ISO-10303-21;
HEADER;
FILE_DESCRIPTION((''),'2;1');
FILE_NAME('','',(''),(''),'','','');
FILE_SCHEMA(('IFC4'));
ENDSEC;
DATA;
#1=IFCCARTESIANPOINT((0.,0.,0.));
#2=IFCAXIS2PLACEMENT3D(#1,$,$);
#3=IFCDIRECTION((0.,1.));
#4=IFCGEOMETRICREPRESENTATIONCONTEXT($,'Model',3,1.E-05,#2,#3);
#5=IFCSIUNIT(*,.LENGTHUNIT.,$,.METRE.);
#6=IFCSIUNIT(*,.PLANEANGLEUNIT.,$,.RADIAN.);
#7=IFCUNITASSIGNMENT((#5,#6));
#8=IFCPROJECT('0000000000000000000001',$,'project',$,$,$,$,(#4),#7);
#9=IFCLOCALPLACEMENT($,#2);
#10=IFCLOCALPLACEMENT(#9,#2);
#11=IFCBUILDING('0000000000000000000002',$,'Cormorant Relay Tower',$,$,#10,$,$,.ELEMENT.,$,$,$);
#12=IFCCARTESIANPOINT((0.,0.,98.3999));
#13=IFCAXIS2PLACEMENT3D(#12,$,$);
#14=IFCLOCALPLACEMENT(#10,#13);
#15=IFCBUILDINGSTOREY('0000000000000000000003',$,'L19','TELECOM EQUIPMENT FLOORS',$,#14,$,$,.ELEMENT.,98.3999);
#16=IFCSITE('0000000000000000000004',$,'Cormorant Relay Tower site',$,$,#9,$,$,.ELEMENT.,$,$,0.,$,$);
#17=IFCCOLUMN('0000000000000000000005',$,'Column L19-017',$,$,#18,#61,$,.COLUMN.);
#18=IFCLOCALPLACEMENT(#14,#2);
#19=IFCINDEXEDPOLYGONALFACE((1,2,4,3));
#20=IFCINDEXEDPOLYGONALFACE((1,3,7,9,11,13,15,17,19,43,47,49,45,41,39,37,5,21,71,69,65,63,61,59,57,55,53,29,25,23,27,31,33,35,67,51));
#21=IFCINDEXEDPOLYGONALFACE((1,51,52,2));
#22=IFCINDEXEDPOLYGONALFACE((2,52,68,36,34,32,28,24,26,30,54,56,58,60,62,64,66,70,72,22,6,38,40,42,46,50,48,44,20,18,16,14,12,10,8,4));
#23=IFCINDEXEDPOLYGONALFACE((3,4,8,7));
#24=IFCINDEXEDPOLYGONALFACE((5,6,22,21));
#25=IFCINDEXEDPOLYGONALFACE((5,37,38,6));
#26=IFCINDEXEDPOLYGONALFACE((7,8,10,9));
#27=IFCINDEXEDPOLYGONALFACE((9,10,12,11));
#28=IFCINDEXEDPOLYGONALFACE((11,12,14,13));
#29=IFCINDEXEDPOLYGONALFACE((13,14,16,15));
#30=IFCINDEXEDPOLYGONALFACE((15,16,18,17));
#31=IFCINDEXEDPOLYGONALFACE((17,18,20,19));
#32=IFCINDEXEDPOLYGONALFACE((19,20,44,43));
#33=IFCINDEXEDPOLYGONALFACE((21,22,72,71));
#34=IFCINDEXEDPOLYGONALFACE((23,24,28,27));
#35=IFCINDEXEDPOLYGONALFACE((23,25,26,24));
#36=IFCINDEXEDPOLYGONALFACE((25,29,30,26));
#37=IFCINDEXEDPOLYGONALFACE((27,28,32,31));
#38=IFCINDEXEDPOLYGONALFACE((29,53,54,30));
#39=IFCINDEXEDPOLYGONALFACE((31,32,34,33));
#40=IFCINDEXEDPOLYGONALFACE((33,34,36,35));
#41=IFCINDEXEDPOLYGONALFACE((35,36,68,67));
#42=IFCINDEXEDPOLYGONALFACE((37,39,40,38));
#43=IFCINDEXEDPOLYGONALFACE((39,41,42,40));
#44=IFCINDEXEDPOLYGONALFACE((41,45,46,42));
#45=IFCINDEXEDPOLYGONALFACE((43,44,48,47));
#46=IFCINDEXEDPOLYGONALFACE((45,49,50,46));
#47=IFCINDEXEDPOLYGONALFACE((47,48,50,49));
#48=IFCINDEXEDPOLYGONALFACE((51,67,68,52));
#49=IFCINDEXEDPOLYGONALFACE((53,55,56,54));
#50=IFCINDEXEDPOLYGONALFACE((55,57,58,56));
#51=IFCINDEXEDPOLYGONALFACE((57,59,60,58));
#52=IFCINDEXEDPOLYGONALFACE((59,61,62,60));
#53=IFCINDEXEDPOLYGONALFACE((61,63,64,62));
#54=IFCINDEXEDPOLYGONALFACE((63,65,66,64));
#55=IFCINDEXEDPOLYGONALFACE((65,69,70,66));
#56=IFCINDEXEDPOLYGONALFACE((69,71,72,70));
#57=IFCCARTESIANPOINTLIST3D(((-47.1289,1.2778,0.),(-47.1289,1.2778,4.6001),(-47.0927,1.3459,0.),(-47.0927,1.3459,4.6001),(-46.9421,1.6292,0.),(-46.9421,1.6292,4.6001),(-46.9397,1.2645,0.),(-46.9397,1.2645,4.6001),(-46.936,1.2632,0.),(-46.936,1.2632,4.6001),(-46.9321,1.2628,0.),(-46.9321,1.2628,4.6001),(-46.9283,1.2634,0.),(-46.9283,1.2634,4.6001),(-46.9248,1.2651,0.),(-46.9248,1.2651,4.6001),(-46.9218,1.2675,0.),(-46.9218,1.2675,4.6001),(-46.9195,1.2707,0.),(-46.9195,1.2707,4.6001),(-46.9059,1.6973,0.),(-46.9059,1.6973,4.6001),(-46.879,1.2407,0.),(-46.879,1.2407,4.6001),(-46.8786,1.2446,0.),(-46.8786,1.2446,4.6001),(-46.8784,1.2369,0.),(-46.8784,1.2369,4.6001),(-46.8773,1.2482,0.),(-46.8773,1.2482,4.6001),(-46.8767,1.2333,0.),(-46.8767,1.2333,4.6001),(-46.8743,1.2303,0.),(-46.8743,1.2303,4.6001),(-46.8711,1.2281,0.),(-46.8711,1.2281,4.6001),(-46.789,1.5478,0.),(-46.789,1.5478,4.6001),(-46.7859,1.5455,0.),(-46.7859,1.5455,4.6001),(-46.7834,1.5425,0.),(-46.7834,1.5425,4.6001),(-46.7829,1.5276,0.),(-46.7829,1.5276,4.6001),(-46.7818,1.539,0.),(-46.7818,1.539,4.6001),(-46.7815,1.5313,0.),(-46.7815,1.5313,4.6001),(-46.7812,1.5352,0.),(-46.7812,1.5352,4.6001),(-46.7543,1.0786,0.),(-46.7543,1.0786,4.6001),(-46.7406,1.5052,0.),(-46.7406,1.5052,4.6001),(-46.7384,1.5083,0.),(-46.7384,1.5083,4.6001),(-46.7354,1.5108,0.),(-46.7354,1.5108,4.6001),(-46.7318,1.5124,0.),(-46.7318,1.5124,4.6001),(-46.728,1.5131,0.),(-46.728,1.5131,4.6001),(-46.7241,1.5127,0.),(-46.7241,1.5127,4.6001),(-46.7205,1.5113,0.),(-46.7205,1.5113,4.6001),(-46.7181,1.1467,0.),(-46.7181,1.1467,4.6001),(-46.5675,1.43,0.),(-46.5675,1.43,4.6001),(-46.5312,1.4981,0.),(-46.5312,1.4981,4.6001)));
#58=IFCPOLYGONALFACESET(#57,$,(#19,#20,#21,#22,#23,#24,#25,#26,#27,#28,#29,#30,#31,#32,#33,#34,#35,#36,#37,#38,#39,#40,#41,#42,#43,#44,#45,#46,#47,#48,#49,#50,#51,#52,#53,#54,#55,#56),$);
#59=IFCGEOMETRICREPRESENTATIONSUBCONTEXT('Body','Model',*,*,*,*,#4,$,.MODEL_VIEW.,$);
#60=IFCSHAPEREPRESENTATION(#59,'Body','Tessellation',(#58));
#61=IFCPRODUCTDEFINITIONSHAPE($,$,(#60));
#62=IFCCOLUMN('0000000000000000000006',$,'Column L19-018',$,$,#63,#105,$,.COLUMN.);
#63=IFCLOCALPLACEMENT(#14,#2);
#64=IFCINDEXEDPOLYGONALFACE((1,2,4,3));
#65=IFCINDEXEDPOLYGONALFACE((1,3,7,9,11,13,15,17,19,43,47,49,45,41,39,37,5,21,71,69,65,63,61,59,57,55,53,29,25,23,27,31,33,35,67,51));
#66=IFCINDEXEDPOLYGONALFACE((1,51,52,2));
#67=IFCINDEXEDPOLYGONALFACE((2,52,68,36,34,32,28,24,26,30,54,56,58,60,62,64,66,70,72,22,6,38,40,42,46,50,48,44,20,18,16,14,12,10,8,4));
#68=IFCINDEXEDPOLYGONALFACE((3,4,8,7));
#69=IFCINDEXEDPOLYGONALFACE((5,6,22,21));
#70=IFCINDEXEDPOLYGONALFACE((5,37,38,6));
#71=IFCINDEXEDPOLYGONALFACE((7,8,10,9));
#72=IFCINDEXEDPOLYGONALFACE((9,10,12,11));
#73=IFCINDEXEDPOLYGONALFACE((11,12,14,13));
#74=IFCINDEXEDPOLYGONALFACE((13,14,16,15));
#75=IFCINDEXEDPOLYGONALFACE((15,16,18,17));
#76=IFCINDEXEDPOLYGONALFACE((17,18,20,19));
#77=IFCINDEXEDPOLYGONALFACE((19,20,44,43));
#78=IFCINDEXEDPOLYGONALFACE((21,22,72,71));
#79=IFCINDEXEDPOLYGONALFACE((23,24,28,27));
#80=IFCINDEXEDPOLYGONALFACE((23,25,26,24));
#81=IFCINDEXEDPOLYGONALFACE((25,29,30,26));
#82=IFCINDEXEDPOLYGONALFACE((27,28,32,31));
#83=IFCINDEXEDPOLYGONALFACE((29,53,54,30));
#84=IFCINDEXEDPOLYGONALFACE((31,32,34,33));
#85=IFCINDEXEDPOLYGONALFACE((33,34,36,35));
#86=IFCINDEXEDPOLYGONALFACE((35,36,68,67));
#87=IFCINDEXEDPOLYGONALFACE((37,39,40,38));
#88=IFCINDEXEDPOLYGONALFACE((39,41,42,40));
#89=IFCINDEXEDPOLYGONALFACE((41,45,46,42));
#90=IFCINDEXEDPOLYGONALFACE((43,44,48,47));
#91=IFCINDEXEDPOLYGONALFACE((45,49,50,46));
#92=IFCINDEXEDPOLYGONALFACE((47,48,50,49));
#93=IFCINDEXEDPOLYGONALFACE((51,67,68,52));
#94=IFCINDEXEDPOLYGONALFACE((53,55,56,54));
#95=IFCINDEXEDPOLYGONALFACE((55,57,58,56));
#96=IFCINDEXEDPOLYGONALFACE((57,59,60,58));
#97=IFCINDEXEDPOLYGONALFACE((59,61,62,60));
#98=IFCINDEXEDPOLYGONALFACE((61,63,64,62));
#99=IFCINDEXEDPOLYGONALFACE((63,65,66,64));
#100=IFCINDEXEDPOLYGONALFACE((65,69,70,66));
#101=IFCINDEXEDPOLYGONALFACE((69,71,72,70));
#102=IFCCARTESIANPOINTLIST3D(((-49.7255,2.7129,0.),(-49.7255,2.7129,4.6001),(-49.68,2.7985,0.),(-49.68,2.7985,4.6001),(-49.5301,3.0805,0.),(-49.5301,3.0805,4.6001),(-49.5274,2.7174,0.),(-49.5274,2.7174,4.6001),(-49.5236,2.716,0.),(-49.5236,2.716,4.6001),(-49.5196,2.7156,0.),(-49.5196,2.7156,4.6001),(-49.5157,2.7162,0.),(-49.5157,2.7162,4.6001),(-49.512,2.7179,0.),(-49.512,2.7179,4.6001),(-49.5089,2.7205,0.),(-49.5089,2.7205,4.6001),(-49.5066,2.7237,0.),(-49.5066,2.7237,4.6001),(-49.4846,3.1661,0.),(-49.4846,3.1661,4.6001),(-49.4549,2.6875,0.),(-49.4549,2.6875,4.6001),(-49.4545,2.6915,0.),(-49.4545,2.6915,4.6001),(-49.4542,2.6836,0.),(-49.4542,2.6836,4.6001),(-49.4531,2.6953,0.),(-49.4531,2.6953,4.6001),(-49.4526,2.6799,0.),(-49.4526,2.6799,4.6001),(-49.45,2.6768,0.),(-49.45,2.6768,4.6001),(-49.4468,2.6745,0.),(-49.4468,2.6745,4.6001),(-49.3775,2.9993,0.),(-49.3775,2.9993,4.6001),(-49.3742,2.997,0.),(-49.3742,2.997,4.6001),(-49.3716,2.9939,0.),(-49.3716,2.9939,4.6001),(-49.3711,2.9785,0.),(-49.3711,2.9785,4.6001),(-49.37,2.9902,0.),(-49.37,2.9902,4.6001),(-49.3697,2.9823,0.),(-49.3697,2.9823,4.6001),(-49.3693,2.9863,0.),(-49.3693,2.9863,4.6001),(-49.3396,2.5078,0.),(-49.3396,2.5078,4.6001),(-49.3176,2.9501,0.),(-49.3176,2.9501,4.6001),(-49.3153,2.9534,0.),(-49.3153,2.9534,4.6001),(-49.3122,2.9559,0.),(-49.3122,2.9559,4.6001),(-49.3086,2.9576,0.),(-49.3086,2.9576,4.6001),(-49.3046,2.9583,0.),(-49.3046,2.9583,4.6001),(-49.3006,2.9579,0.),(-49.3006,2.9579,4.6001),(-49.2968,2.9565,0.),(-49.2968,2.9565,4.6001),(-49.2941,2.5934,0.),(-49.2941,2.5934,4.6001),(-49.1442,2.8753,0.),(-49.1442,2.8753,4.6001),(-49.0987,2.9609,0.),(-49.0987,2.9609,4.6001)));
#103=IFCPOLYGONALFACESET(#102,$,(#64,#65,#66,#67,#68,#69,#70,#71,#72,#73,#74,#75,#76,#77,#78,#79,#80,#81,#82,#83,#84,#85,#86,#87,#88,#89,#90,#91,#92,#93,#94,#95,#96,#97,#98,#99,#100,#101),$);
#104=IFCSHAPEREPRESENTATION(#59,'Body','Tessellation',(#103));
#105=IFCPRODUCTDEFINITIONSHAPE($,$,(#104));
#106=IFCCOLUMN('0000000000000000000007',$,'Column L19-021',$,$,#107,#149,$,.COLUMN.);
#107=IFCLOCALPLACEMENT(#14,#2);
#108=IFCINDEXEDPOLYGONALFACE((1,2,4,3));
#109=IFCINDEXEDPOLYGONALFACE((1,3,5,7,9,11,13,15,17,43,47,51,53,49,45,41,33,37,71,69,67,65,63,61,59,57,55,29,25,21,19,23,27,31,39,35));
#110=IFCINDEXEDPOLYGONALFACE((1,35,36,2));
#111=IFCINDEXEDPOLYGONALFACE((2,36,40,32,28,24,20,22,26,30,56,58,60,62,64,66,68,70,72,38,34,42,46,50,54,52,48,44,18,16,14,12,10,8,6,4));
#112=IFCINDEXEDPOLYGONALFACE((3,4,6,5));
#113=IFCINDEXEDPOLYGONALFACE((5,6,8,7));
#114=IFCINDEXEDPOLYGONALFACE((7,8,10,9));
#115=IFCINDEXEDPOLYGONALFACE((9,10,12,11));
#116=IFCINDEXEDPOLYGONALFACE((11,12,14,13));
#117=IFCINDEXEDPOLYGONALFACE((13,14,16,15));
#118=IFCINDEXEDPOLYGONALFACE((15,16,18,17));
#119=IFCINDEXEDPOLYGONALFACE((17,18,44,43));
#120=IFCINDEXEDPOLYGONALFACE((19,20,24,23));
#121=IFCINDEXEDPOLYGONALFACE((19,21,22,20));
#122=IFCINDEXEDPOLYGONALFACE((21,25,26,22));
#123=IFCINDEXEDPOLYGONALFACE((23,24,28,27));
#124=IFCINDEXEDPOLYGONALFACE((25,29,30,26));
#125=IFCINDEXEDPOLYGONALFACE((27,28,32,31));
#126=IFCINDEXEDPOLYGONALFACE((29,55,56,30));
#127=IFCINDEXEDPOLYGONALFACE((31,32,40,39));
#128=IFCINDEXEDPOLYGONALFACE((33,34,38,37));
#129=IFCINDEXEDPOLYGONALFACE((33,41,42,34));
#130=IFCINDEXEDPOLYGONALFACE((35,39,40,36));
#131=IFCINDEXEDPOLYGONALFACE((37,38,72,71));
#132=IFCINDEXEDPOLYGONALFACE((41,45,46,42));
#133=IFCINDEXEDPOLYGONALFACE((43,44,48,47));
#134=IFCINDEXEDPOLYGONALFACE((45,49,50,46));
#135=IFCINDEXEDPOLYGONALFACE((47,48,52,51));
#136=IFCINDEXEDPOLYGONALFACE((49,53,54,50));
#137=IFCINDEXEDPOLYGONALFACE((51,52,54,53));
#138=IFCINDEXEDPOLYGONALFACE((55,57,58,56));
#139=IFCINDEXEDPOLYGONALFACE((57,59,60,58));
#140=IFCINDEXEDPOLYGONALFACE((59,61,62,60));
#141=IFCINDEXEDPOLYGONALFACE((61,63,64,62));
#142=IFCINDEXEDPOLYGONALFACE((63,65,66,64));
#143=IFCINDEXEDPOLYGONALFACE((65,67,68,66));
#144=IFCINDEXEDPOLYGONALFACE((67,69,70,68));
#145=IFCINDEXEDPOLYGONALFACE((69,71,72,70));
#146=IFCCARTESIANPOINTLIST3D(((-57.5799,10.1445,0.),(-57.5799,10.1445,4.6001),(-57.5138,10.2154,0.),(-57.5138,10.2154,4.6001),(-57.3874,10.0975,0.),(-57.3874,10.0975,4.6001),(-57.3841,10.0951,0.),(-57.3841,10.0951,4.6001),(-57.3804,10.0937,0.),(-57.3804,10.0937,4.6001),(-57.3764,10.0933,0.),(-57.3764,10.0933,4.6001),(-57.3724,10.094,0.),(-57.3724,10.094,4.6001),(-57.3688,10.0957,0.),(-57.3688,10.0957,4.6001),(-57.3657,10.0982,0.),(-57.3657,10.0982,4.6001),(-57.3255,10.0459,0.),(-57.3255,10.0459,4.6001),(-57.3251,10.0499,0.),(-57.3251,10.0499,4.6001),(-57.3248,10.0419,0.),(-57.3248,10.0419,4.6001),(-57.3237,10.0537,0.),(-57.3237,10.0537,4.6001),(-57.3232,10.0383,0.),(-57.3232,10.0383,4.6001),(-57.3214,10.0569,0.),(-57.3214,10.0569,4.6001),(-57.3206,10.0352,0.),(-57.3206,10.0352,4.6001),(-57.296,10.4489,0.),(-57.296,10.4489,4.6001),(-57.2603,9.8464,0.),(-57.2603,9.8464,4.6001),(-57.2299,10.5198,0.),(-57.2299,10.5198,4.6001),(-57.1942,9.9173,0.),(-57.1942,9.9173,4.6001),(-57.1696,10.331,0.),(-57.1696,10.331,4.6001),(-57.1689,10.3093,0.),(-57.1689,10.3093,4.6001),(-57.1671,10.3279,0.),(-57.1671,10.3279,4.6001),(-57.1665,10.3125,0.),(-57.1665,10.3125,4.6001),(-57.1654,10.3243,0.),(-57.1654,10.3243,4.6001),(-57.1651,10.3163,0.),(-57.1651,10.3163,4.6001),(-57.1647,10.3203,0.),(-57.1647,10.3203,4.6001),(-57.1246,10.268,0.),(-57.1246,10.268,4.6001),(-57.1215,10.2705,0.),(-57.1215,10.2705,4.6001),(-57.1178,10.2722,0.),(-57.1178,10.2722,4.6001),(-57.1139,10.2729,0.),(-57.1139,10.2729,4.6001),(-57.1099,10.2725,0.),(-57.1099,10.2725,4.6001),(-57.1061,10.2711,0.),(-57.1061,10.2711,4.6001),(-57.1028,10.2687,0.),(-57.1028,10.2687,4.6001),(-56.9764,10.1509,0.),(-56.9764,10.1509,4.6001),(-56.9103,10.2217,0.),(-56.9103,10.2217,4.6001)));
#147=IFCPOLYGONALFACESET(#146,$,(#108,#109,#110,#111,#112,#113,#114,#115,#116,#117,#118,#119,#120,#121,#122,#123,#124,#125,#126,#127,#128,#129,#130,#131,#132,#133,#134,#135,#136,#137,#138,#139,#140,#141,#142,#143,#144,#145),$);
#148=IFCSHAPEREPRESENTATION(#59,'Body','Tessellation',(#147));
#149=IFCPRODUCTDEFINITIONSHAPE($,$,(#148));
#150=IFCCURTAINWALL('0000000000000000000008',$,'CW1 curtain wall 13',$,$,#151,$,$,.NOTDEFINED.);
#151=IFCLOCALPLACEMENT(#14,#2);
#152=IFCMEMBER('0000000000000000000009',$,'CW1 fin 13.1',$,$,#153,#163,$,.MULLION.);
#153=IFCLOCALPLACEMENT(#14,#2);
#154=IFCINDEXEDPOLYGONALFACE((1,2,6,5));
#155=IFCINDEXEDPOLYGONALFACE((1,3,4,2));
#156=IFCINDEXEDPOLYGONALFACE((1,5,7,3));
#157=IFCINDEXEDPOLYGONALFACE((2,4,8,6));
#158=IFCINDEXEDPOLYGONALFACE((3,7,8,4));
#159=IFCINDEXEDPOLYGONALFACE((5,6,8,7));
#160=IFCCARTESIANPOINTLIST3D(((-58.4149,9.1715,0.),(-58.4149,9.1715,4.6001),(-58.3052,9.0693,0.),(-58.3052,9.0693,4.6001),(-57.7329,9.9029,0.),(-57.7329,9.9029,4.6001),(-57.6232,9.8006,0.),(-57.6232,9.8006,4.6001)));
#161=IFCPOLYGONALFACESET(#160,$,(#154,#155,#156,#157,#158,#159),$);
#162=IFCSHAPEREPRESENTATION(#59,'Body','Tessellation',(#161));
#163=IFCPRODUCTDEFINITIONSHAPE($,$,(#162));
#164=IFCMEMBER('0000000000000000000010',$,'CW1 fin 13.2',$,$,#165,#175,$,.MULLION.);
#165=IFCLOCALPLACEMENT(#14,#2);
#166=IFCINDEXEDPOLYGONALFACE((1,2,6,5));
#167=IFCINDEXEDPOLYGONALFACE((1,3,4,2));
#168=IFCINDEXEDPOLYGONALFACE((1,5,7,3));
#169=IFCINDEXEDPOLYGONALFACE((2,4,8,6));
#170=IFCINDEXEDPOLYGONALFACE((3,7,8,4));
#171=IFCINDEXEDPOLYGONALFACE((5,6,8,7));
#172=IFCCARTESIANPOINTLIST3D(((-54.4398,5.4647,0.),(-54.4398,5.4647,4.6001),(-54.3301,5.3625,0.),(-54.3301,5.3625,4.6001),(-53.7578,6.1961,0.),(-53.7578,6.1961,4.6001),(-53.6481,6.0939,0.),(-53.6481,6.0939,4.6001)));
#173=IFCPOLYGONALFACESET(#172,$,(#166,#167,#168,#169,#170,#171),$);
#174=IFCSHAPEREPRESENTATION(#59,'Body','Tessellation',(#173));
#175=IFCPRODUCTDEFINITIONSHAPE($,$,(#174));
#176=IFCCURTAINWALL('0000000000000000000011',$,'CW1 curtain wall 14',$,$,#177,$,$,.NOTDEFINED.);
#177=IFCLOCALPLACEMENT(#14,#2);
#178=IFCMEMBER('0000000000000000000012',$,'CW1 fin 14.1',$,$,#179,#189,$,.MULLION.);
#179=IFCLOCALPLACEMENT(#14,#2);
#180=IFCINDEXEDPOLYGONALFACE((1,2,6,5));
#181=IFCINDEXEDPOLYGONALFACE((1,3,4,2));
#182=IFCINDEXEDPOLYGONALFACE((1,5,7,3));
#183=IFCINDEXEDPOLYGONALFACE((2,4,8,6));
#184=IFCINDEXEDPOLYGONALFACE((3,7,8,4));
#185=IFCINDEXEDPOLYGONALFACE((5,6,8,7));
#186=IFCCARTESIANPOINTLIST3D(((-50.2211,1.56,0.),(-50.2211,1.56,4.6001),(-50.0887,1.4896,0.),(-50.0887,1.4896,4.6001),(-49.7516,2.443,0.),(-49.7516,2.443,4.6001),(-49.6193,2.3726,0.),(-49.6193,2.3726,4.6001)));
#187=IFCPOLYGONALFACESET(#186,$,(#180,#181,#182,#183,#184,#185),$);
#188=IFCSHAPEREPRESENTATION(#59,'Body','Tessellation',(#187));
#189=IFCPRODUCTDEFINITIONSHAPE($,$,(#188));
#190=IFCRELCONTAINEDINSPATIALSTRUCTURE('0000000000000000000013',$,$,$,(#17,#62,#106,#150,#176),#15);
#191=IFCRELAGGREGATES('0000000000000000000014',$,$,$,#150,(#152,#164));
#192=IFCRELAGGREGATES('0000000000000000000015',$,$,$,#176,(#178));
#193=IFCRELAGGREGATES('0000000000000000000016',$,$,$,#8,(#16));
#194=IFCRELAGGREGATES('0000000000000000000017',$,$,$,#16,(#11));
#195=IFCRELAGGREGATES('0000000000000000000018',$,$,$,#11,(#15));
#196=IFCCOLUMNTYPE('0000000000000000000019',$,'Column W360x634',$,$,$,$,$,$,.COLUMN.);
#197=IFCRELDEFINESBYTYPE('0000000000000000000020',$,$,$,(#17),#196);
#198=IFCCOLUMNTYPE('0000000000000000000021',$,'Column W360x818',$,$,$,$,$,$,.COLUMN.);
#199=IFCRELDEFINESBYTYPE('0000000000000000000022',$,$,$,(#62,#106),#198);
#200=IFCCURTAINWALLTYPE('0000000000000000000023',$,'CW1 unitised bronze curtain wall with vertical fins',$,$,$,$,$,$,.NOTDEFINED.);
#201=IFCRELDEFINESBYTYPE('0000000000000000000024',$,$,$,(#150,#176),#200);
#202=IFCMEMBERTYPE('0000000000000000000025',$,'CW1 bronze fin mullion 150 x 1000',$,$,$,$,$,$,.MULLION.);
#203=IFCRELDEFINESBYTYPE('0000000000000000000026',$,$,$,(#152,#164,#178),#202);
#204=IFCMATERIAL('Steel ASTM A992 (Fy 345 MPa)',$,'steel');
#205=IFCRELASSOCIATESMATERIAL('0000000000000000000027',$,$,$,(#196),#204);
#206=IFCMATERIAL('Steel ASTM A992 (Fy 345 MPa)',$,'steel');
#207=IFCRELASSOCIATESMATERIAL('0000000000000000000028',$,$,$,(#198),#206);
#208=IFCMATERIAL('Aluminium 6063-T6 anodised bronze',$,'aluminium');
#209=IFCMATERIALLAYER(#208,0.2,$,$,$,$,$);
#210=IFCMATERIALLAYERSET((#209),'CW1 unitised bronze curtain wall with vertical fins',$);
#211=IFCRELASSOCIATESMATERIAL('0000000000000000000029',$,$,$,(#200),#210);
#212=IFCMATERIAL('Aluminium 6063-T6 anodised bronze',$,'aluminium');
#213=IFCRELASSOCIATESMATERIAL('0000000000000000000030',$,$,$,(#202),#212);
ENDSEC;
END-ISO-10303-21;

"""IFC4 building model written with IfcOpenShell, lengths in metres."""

from ifc_helpers import new_model, si_unit, direction, frame, origin, origin_2d, place, context, subcontext, project, spatial, rectangle, i_section, extrude, material, layer, layer_set, material_profile, profile_set, type_object, element, aggregate, save


model = new_model("IFC4")

# Units and contexts
model_context = context("Model", 3, precision=1e-05, world=origin(), true_north=direction((0.0, 1.0)))
body_context = subcontext(model_context, "Body", "Model", "MODEL_VIEW")
ifc_project = project(units=[si_unit("LENGTHUNIT", "METRE"), si_unit("PLANEANGLEUNIT", "RADIAN")], contexts=[model_context])

# Site, building, storey
site_placement = place(None, origin())
site = spatial("IfcSite", under=ifc_project, at=site_placement, Name="Cormorant Relay Tower site", CompositionType="ELEMENT", RefElevation=0.0)
building_placement = place(site_placement, origin())
building = spatial("IfcBuilding", under=site, at=building_placement, Name="Cormorant Relay Tower", CompositionType="ELEMENT")
storey_placement = place(building_placement, frame((0.0, 0.0, 98.3999)))
storey = spatial("IfcBuildingStorey", under=building, at=storey_placement, Name="L19", Description="TELECOM EQUIPMENT FLOORS", CompositionType="ELEMENT", Elevation=98.3999)

# Columns
ifc_material_1 = material(Name="Steel ASTM A992 (Fy 345 MPa)", Category="steel")
ifc_material_profile_1 = material_profile(ifc_material_1, i_section(OverallWidth=0.4243, OverallDepth=0.4751, WebThickness=0.0479, FlangeThickness=0.0771, FilletRadius=0.0149, at=origin_2d()), Name="W360x634")
ifc_profile_set_1 = profile_set([ifc_material_profile_1], Name="Steel ASTM A992 (Fy 345 MPa)")
column_type_1 = type_object("IfcColumnType", Name="Column W360x634", PredefinedType="COLUMN", material=ifc_profile_set_1)
column_placement = place(storey_placement, frame((-46.8301, 1.3879, 0.0), z_axis=(0.0, 0.0, 1.0), x_axis=(0.882948, -0.469472, 0.0)))
element("IfcColumn", 1, at=column_placement, inside=storey, type_object=column_type_1, Name="Column L19-017", PredefinedType="COLUMN", context=body_context, shape_type="SweptSolid", body=[
    extrude(i_section(OverallWidth=0.4243, OverallDepth=0.4751, WebThickness=0.0479, FlangeThickness=0.0771, FilletRadius=0.0149, at=origin_2d()), origin(), (0.0, 0.0, 1.0), 4.6001),
])
ifc_material_2 = material(Name="Steel ASTM A992 (Fy 345 MPa)", Category="steel")
ifc_material_profile_2 = material_profile(ifc_material_2, i_section(OverallWidth=0.437, OverallDepth=0.5132, WebThickness=0.0605, FlangeThickness=0.0969, FilletRadius=0.0154, at=origin_2d()), Name="W360x818")
ifc_profile_set_2 = profile_set([ifc_material_profile_2], Name="Steel ASTM A992 (Fy 345 MPa)")
column_type_2 = type_object("IfcColumnType", Name="Column W360x818", PredefinedType="COLUMN", material=ifc_profile_set_2)
for number, where, z_axis, x_axis, name in (
    (2, (-49.4121, 2.8369, 0.0), (0.0, 0.0, 1.0), (0.882948, -0.469472, 0.0), "Column L19-018"),
    (3, (-57.2451, 10.1831, 0.0), (0.0, 0.0, 1.0), (0.731354, -0.681998, 0.0), "Column L19-021"),
):
    element("IfcColumn", number, at=place(storey_placement, frame(where, z_axis=z_axis, x_axis=x_axis)), inside=storey, type_object=column_type_2, Name=name, PredefinedType="COLUMN", context=body_context, shape_type="SweptSolid", body=[
        extrude(i_section(OverallWidth=0.437, OverallDepth=0.5132, WebThickness=0.0605, FlangeThickness=0.0969, FilletRadius=0.0154, at=origin_2d()), origin(), (0.0, 0.0, 1.0), 4.6001),
    ])

# Curtain wall, members
ifc_material_3 = material(Name="Aluminium 6063-T6 anodised bronze", Category="aluminium")
ifc_layer_1 = layer(ifc_material_3, 0.2)
ifc_layer_set_1 = layer_set([ifc_layer_1], Name="CW1 unitised bronze curtain wall with vertical fins")
curtain_wall_type = type_object("IfcCurtainWallType", Name="CW1 unitised bronze curtain wall with vertical fins", PredefinedType="NOTDEFINED", material=ifc_layer_set_1)
curtain_wall_1_placement = place(storey_placement, origin())
curtain_wall_1 = element("IfcCurtainWall", 4, at=curtain_wall_1_placement, inside=storey, type_object=curtain_wall_type, Name="CW1 curtain wall 13", PredefinedType="NOTDEFINED")
ifc_material_4 = material(Name="Aluminium 6063-T6 anodised bronze", Category="aluminium")
ifc_material_profile_3 = material_profile(ifc_material_4, rectangle(XDim=0.1499, YDim=1.0, at=origin_2d()), Name="AL 150x1000")
ifc_profile_set_3 = profile_set([ifc_material_profile_3], Name="Aluminium 6063-T6 anodised bronze")
member_type_1 = type_object("IfcMemberType", Name="CW1 bronze fin mullion 150 x 1000", PredefinedType="MULLION", material=ifc_profile_set_3)
member_1_placement = place(storey_placement, frame((-58.019, 9.4861, 0.0), z_axis=(0.0, 0.0, 1.0), x_axis=(0.731354, -0.681998, 0.0)))
member_1 = element("IfcMember", 5, at=member_1_placement, type_object=member_type_1, Name="CW1 fin 13.1", PredefinedType="MULLION", context=body_context, shape_type="SweptSolid", body=[
    extrude(rectangle(XDim=0.1499, YDim=1.0, at=origin_2d()), origin(), (0.0, 0.0, 1.0), 4.6001),
])
member_2_placement = place(storey_placement, frame((-54.0439, 5.7793, 0.0), z_axis=(0.0, 0.0, 1.0), x_axis=(0.731354, -0.681998, 0.0)))
member_2 = element("IfcMember", 6, at=member_2_placement, type_object=member_type_1, Name="CW1 fin 13.2", PredefinedType="MULLION", context=body_context, shape_type="SweptSolid", body=[
    extrude(rectangle(XDim=0.1499, YDim=1.0, at=origin_2d()), origin(), (0.0, 0.0, 1.0), 4.6001),
])

# Curtain wall, member
curtain_wall_2_placement = place(storey_placement, origin())
curtain_wall_2 = element("IfcCurtainWall", 7, at=curtain_wall_2_placement, inside=storey, type_object=curtain_wall_type, Name="CW1 curtain wall 14", PredefinedType="NOTDEFINED")
member_3_placement = place(storey_placement, frame((-49.9202, 1.9663, 0.0), z_axis=(0.0, 0.0, 1.0), x_axis=(0.882948, -0.469472, 0.0)))
member_3 = element("IfcMember", 8, at=member_3_placement, type_object=member_type_1, Name="CW1 fin 14.1", PredefinedType="MULLION", context=body_context, shape_type="SweptSolid", body=[
    extrude(rectangle(XDim=0.1499, YDim=1.0, at=origin_2d()), origin(), (0.0, 0.0, 1.0), 4.6001),
])

aggregate(curtain_wall_1, [member_1, member_2])
aggregate(curtain_wall_2, [member_3])

save(model, "model.ifc")
